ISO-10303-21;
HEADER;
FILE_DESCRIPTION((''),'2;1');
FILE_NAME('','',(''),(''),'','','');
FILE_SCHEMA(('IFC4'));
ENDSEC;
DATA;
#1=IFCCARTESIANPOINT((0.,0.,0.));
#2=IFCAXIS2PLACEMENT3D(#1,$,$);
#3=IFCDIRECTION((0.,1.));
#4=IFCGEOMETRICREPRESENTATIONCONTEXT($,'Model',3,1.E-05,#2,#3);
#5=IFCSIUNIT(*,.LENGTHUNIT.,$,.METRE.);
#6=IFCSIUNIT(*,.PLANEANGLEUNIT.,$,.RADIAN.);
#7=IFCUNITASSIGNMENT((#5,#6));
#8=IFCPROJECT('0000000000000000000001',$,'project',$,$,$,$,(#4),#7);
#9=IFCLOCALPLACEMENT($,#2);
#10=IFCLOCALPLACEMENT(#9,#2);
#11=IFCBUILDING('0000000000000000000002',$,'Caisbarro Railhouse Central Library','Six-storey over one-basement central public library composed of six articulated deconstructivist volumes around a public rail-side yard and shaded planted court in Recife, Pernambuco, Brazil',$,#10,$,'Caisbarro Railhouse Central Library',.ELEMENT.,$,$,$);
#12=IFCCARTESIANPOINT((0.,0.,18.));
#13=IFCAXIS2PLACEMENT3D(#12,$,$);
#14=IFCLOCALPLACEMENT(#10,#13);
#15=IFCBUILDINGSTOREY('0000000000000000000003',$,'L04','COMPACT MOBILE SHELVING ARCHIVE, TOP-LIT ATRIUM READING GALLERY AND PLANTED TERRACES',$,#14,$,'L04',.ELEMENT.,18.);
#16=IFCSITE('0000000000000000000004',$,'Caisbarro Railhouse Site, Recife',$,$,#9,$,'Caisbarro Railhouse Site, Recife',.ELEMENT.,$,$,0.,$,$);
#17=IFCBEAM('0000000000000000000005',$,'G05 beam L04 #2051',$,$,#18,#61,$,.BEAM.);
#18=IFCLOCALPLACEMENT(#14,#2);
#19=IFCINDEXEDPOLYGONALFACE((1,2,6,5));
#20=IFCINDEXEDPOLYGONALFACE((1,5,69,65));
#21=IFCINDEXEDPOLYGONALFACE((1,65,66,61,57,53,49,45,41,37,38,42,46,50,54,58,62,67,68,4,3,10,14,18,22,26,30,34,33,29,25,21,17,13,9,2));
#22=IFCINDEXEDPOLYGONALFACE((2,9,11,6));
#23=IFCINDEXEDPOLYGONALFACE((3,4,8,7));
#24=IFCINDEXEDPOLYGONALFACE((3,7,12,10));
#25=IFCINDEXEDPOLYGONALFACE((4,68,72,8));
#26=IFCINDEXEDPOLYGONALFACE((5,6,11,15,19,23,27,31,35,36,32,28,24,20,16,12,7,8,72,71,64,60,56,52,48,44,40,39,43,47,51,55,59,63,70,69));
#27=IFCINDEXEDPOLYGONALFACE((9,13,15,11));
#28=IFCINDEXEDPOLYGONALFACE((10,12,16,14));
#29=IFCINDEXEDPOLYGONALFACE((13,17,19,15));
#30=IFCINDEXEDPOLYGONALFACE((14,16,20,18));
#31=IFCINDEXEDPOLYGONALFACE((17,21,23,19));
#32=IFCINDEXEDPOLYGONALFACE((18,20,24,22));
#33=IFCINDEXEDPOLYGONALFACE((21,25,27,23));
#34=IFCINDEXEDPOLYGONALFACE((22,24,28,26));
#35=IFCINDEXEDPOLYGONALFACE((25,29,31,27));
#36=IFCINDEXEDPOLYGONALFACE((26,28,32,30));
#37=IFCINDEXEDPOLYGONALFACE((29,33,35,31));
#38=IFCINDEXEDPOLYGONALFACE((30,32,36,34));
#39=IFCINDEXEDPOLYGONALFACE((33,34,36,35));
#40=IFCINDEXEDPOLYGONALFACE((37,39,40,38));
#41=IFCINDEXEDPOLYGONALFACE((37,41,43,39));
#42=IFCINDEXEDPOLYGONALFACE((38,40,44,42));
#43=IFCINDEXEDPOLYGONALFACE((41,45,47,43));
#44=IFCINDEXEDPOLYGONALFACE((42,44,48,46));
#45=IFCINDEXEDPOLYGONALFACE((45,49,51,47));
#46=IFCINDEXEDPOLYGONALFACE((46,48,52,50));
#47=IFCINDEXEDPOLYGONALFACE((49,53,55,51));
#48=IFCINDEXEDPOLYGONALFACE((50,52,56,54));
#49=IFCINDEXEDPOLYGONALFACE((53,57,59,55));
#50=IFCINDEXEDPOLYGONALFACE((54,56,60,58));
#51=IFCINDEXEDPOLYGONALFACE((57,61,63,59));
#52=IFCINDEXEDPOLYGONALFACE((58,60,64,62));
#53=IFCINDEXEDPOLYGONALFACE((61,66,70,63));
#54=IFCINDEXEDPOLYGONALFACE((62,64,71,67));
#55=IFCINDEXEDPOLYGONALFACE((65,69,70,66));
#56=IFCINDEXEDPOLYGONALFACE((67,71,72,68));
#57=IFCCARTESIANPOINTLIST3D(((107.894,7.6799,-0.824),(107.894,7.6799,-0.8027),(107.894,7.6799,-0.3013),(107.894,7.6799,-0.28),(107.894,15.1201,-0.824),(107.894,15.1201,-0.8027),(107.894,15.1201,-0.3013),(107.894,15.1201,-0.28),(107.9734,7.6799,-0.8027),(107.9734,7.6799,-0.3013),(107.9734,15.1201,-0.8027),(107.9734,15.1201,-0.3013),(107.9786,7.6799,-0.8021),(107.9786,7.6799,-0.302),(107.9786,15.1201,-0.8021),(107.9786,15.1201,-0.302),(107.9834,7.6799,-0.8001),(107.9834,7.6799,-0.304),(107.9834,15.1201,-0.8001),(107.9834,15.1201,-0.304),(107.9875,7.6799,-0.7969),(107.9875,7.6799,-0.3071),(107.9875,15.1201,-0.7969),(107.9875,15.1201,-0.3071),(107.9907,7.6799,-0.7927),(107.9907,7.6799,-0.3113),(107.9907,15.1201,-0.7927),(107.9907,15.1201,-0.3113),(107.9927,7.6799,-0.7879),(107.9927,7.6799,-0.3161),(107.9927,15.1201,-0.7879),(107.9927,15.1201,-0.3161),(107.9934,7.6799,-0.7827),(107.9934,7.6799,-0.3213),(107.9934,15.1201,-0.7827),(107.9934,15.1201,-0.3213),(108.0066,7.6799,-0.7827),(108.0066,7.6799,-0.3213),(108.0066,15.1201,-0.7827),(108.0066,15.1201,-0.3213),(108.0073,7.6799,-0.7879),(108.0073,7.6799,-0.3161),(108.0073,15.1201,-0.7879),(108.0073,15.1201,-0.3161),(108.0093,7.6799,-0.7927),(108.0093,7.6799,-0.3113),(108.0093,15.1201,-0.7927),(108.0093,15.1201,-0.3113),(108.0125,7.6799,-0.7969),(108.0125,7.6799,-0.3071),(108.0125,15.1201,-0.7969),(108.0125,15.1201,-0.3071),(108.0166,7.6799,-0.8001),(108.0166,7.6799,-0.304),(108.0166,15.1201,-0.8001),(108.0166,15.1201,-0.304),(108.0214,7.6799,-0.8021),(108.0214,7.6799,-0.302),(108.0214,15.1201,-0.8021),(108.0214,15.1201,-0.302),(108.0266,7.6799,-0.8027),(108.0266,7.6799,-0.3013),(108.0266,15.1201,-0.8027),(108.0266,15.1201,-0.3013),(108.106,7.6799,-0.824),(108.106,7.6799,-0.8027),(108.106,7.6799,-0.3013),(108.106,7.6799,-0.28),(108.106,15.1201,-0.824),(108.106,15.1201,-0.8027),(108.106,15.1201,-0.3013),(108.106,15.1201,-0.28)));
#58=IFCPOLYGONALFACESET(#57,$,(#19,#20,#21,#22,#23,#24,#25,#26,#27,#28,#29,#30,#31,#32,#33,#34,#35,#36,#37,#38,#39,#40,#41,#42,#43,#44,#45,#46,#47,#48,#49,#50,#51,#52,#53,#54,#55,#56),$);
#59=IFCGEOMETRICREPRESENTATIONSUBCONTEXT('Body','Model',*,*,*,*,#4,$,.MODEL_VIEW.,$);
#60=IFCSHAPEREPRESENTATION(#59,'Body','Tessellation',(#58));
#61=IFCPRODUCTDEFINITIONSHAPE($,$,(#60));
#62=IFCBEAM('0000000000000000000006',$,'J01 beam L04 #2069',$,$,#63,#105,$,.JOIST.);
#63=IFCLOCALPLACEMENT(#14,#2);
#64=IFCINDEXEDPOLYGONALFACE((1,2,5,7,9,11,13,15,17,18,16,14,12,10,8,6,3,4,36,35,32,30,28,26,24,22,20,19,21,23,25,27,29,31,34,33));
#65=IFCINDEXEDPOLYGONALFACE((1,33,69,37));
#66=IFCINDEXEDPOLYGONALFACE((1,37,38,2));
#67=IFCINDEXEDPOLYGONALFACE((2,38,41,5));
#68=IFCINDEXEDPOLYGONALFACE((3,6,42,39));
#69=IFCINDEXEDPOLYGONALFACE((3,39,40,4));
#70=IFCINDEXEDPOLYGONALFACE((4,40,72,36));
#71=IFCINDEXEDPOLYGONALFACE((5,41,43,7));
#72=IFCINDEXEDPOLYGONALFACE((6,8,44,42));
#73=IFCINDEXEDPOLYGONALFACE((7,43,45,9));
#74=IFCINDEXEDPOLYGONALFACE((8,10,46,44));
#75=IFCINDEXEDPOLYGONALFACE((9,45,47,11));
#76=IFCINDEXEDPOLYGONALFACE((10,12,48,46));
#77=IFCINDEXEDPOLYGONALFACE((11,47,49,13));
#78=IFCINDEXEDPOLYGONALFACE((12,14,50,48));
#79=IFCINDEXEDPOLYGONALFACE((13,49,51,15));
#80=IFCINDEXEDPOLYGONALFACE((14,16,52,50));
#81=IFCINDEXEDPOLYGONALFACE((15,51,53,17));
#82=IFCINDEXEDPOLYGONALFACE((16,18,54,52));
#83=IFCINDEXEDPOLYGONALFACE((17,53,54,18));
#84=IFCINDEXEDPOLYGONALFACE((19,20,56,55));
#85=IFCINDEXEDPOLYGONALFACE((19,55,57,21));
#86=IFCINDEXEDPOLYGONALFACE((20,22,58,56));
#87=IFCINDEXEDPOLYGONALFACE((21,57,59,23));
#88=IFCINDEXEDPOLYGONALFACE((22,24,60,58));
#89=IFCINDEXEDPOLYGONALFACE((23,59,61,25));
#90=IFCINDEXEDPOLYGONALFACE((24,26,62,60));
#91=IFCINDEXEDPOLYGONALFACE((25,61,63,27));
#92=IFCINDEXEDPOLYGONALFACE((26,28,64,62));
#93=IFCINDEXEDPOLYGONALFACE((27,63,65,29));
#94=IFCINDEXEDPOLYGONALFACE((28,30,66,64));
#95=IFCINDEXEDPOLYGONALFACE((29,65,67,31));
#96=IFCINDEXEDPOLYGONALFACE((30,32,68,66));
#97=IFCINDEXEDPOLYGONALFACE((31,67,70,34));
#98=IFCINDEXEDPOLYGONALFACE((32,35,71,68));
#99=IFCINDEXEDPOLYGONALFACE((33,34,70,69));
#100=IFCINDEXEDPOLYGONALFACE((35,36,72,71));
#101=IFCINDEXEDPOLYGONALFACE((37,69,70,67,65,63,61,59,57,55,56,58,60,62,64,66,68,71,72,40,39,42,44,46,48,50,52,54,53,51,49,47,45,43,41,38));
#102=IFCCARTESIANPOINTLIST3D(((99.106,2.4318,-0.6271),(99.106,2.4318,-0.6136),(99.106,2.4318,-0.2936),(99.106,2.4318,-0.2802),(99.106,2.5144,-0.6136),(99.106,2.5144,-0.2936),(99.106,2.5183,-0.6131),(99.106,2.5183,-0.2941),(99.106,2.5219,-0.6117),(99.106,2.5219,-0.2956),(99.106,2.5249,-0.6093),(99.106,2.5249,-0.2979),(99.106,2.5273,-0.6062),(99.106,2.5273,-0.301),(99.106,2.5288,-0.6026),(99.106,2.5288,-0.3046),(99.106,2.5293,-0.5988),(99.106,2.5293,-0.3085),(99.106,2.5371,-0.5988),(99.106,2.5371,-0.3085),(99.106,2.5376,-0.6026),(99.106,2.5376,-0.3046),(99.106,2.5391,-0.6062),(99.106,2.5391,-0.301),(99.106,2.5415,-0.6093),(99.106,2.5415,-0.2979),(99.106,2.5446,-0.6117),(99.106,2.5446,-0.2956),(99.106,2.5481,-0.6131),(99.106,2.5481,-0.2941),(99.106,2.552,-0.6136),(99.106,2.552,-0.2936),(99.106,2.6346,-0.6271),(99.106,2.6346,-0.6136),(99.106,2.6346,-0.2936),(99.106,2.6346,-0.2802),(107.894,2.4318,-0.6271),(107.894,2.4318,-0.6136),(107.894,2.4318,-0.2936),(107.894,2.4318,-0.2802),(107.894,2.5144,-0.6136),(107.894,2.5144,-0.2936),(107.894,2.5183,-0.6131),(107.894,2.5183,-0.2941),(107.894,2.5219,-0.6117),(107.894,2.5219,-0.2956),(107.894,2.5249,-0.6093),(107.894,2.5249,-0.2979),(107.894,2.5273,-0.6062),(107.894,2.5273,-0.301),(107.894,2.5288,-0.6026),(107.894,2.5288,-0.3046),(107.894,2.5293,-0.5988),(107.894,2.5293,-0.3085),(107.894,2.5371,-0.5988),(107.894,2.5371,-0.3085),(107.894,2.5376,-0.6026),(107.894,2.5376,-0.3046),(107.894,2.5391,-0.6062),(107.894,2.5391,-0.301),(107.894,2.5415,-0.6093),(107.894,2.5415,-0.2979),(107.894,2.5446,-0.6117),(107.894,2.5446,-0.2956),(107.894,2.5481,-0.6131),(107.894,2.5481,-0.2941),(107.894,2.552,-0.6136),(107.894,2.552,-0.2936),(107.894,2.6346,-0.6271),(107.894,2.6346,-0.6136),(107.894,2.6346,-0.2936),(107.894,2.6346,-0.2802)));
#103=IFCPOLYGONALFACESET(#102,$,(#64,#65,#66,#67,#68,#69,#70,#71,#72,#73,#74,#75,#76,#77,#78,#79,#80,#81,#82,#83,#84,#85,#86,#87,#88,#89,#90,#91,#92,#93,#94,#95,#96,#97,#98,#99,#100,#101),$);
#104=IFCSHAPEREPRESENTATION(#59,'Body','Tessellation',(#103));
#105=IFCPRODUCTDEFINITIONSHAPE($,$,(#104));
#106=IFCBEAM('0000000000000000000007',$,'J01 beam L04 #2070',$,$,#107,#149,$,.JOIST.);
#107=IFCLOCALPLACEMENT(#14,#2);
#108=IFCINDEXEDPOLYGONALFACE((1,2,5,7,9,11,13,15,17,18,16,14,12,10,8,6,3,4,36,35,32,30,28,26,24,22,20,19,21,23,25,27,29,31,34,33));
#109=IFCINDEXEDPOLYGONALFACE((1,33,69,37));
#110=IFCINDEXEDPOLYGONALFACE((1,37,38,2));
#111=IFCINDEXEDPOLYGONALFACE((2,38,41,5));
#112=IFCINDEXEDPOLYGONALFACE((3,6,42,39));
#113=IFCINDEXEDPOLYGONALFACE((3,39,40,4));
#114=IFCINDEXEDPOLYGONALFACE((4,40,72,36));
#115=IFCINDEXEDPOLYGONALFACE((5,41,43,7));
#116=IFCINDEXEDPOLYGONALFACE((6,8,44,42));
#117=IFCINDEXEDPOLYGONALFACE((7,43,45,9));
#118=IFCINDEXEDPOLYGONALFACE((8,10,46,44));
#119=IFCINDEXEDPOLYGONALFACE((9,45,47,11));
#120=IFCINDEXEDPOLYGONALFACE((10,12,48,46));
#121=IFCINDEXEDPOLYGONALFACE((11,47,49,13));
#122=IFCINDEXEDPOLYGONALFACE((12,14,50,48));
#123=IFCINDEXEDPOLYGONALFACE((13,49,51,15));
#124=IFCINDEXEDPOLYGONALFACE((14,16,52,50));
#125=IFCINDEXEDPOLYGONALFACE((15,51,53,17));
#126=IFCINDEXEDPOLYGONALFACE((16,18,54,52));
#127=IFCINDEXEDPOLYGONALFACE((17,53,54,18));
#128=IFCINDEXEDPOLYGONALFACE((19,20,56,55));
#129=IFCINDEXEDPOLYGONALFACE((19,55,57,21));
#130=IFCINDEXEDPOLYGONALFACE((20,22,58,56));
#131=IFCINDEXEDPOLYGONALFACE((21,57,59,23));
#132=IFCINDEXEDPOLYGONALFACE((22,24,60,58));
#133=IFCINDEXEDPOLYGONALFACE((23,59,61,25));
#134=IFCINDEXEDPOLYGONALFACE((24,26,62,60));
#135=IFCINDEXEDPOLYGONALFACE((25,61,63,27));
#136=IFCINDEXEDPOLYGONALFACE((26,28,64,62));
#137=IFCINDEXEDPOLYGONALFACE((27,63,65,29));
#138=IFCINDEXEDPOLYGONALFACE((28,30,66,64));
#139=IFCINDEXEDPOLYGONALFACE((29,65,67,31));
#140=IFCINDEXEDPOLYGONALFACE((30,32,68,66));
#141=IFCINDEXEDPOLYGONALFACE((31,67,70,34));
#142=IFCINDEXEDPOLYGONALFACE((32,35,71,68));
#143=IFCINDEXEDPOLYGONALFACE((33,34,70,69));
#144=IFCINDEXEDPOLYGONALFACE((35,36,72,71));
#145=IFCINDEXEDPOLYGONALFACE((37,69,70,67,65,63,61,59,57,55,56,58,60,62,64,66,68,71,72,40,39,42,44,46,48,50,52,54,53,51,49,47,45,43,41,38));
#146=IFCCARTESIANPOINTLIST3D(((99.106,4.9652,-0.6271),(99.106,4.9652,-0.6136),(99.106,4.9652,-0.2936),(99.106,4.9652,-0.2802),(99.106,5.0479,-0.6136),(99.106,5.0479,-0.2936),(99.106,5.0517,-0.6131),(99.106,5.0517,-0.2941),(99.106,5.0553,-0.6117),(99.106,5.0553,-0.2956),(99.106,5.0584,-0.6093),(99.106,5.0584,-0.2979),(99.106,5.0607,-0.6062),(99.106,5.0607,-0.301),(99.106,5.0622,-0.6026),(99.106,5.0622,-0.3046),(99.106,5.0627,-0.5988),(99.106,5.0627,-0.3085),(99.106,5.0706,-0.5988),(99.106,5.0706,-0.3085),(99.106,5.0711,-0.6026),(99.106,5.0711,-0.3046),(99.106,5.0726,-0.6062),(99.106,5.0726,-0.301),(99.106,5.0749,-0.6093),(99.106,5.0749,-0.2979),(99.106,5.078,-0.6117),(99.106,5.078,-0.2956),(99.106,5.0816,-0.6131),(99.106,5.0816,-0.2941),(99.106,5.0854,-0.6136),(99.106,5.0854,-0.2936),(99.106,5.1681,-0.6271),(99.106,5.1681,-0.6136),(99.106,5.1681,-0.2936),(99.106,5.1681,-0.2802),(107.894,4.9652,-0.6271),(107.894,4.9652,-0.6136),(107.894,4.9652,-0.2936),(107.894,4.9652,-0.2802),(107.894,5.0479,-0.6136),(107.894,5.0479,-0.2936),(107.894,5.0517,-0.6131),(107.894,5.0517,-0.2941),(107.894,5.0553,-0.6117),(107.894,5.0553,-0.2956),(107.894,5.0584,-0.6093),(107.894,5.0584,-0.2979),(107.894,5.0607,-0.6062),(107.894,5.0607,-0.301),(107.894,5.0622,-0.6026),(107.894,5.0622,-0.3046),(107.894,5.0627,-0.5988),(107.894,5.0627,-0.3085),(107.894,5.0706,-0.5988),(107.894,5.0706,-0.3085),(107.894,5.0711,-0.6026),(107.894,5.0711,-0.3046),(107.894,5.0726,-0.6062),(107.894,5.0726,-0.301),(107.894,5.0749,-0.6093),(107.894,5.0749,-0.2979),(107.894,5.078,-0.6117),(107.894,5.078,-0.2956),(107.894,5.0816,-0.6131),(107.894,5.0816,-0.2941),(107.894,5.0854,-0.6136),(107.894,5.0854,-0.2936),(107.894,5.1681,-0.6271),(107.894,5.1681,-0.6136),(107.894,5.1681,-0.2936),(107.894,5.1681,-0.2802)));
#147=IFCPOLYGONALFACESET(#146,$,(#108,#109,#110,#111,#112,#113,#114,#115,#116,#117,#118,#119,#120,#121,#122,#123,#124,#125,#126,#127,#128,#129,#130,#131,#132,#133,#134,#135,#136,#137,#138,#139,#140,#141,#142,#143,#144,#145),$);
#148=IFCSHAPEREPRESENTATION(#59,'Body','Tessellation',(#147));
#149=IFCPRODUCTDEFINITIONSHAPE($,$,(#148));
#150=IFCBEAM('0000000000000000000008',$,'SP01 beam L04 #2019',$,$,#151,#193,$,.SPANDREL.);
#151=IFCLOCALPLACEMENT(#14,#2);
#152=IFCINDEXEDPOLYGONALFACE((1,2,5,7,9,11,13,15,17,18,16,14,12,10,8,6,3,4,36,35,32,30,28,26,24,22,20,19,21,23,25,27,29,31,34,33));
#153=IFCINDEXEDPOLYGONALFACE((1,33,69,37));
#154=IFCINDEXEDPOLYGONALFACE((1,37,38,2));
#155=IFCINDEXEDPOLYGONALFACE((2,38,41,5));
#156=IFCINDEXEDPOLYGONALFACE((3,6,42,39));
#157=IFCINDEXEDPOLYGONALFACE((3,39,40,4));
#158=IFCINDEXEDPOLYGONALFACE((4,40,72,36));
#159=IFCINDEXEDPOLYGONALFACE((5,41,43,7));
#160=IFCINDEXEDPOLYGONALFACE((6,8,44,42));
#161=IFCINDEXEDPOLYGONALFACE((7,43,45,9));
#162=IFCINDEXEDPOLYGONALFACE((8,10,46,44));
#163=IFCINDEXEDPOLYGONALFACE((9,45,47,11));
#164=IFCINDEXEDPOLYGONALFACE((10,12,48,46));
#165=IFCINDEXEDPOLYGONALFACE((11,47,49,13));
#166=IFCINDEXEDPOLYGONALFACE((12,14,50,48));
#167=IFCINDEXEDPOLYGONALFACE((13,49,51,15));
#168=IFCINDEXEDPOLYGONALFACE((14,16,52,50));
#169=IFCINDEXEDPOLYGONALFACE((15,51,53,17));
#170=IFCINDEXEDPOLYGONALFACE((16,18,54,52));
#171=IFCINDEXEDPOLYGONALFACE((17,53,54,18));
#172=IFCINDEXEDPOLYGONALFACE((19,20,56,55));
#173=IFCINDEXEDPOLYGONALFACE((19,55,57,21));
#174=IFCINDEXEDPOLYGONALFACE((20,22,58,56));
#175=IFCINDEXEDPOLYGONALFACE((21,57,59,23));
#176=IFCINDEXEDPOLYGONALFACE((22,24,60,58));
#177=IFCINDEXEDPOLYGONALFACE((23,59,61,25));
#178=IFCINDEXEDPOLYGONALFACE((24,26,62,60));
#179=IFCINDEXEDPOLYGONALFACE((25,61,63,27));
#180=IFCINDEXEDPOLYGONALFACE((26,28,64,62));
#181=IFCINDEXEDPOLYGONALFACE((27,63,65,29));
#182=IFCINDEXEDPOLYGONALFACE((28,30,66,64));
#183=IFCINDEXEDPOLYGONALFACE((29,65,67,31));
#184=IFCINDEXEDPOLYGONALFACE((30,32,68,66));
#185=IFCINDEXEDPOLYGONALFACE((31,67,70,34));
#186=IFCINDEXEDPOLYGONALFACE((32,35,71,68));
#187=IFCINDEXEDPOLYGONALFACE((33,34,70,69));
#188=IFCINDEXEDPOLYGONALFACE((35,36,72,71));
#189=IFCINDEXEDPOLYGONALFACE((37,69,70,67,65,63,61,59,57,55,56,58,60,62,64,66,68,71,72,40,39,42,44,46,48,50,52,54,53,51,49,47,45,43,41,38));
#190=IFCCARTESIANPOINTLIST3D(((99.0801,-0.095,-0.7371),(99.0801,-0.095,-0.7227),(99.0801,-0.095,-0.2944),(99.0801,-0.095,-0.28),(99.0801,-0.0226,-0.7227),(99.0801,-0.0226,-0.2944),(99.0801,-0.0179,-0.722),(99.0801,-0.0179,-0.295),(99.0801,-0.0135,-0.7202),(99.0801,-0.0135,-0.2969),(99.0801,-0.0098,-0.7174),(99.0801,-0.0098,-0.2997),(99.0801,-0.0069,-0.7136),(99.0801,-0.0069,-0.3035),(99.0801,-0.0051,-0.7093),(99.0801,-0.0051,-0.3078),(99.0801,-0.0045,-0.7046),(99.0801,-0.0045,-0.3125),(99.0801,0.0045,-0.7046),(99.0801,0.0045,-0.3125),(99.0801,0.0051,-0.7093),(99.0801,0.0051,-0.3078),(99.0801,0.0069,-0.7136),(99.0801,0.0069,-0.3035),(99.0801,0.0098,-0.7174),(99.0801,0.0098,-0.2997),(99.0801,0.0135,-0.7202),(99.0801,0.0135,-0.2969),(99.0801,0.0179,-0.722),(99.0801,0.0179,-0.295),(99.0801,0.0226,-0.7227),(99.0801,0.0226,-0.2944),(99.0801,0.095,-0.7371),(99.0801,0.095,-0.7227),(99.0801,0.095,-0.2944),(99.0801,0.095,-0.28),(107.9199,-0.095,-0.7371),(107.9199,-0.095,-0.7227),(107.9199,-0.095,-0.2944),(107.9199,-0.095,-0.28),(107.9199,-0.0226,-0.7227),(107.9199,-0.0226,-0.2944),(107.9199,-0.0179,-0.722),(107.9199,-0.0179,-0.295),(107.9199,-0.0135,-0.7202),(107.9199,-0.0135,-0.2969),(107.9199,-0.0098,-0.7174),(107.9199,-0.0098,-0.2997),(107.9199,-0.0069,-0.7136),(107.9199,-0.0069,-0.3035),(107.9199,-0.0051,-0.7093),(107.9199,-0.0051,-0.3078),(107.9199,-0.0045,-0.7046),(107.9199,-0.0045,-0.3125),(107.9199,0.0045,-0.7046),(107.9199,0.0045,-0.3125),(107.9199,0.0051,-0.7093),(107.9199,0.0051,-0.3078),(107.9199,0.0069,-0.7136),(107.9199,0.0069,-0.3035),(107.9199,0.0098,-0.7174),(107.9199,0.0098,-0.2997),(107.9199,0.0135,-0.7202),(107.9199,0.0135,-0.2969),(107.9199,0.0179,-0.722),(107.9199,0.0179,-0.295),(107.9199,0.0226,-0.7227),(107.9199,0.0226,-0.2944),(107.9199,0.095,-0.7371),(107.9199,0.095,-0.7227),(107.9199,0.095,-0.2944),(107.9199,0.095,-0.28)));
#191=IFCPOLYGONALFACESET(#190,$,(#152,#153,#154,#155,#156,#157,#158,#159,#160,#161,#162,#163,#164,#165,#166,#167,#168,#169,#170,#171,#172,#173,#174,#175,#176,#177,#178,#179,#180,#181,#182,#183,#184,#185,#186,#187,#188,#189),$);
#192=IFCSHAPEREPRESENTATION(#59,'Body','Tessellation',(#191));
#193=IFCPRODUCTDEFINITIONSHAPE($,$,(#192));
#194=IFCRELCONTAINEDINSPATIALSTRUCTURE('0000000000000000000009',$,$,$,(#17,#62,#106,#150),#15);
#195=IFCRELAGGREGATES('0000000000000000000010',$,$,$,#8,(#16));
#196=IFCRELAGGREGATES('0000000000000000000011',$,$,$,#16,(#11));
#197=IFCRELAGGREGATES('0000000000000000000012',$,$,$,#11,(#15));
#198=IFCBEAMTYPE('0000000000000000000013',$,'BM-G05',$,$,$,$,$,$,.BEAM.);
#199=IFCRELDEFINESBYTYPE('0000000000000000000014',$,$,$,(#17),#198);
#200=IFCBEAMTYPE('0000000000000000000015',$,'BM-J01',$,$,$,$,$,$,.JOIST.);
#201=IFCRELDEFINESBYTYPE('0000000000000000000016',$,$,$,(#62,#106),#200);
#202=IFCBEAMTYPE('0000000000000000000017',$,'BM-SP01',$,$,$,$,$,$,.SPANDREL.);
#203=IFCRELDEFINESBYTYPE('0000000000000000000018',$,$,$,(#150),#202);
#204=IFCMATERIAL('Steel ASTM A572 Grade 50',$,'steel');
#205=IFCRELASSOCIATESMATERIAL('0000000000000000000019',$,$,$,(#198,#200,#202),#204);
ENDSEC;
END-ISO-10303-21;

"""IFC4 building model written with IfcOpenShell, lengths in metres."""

from ifc_helpers import new_model, si_unit, direction, frame, origin, origin_2d, place, context, subcontext, project, spatial, i_section, extrude, material, material_profile, profile_set, type_object, element, save


model = new_model("IFC4")

# Units and contexts
model_context = context("Model", 3, precision=1e-05, world=origin(), true_north=direction((0.0, 1.0)))
body_context = subcontext(model_context, "Body", "Model", "MODEL_VIEW")
ifc_project = project(units=[si_unit("LENGTHUNIT", "METRE"), si_unit("PLANEANGLEUNIT", "RADIAN")], contexts=[model_context])

# Site, building, storey
site_placement = place(None, origin())
site = spatial("IfcSite", under=ifc_project, at=site_placement, Name="Caisbarro Railhouse Site, Recife", LongName="Caisbarro Railhouse Site, Recife", CompositionType="ELEMENT", RefElevation=0.0)
building_placement = place(site_placement, origin())
building = spatial("IfcBuilding", under=site, at=building_placement, Name="Caisbarro Railhouse Central Library", Description="Six-storey over one-basement central public library composed of six articulated deconstructivist volumes around a public rail-side yard and shaded planted court in Recife, Pernambuco, Brazil", LongName="Caisbarro Railhouse Central Library", CompositionType="ELEMENT")
storey_placement = place(building_placement, frame((0.0, 0.0, 18.0)))
storey = spatial("IfcBuildingStorey", under=building, at=storey_placement, Name="L04", Description="COMPACT MOBILE SHELVING ARCHIVE, TOP-LIT ATRIUM READING GALLERY AND PLANTED TERRACES", LongName="L04", CompositionType="ELEMENT", Elevation=18.0)

# Shared definitions
ifc_material_1 = material(Name="Steel ASTM A572 Grade 50", Category="steel")

# Beams
ifc_material_profile_1 = material_profile(ifc_material_1, i_section(OverallWidth=0.2119, OverallDepth=0.5439, WebThickness=0.0132, FlangeThickness=0.0212, FilletRadius=0.02, at=origin_2d()), Name="W530X123.0")
ifc_profile_set_1 = profile_set([ifc_material_profile_1], Name="Steel ASTM A572 Grade 50")
beam_type_1 = type_object("IfcBeamType", Name="BM-G05", PredefinedType="BEAM", material=ifc_profile_set_1)
beam_1_placement = place(storey_placement, frame((108.0, 7.6799, -0.552), z_axis=(0.0, 1.0, 0.0), x_axis=(-1.0, 0.0, 0.0)))
element("IfcBeam", 1, at=beam_1_placement, inside=storey, type_object=beam_type_1, Name="G05 beam L04 #2051", PredefinedType="BEAM", context=body_context, shape_type="SweptSolid", body=[
    extrude(i_section(OverallWidth=0.2119, OverallDepth=0.5439, WebThickness=0.0132, FlangeThickness=0.0212, FilletRadius=0.02, at=origin_2d()), origin(), (0.0, 0.0, 1.0), 7.4402),
])
ifc_material_profile_2 = material_profile(ifc_material_1, i_section(OverallWidth=0.2029, OverallDepth=0.3469, WebThickness=0.0078, FlangeThickness=0.0134, FilletRadius=0.0149, at=origin_2d()), Name="W360X64.0")
ifc_profile_set_2 = profile_set([ifc_material_profile_2], Name="Steel ASTM A572 Grade 50")
beam_type_2 = type_object("IfcBeamType", Name="BM-J01", PredefinedType="JOIST", material=ifc_profile_set_2)
for number, where, z_axis, x_axis, name in (
    (2, (99.106, 2.5332, -0.4536), (1.0, 0.0, 0.0), (0.0, 1.0, 0.0), "J01 beam L04 #2069"),
    (3, (99.106, 5.0667, -0.4536), (1.0, 0.0, 0.0), (0.0, 1.0, 0.0), "J01 beam L04 #2070"),
):
    element("IfcBeam", number, at=place(storey_placement, frame(where, z_axis=z_axis, x_axis=x_axis)), inside=storey, type_object=beam_type_2, Name=name, PredefinedType="JOIST", context=body_context, shape_type="SweptSolid", body=[
        extrude(i_section(OverallWidth=0.2029, OverallDepth=0.3469, WebThickness=0.0078, FlangeThickness=0.0134, FilletRadius=0.0149, at=origin_2d()), origin(), (0.0, 0.0, 1.0), 8.7881),
    ])
ifc_material_profile_3 = material_profile(ifc_material_1, i_section(OverallWidth=0.1899, OverallDepth=0.457, WebThickness=0.009, FlangeThickness=0.0144, FilletRadius=0.0181, at=origin_2d()), Name="W460X74.0")
ifc_profile_set_3 = profile_set([ifc_material_profile_3], Name="Steel ASTM A572 Grade 50")
beam_type_3 = type_object("IfcBeamType", Name="BM-SP01", PredefinedType="SPANDREL", material=ifc_profile_set_3)
beam_2_placement = place(storey_placement, frame((99.0801, 0.0, -0.5085), z_axis=(1.0, 0.0, 0.0), x_axis=(0.0, 1.0, 0.0)))
element("IfcBeam", 4, at=beam_2_placement, inside=storey, type_object=beam_type_3, Name="SP01 beam L04 #2019", PredefinedType="SPANDREL", context=body_context, shape_type="SweptSolid", body=[
    extrude(i_section(OverallWidth=0.1899, OverallDepth=0.457, WebThickness=0.009, FlangeThickness=0.0144, FilletRadius=0.0181, at=origin_2d()), origin(), (0.0, 0.0, 1.0), 8.8398),
])

save(model, "model.ifc")
